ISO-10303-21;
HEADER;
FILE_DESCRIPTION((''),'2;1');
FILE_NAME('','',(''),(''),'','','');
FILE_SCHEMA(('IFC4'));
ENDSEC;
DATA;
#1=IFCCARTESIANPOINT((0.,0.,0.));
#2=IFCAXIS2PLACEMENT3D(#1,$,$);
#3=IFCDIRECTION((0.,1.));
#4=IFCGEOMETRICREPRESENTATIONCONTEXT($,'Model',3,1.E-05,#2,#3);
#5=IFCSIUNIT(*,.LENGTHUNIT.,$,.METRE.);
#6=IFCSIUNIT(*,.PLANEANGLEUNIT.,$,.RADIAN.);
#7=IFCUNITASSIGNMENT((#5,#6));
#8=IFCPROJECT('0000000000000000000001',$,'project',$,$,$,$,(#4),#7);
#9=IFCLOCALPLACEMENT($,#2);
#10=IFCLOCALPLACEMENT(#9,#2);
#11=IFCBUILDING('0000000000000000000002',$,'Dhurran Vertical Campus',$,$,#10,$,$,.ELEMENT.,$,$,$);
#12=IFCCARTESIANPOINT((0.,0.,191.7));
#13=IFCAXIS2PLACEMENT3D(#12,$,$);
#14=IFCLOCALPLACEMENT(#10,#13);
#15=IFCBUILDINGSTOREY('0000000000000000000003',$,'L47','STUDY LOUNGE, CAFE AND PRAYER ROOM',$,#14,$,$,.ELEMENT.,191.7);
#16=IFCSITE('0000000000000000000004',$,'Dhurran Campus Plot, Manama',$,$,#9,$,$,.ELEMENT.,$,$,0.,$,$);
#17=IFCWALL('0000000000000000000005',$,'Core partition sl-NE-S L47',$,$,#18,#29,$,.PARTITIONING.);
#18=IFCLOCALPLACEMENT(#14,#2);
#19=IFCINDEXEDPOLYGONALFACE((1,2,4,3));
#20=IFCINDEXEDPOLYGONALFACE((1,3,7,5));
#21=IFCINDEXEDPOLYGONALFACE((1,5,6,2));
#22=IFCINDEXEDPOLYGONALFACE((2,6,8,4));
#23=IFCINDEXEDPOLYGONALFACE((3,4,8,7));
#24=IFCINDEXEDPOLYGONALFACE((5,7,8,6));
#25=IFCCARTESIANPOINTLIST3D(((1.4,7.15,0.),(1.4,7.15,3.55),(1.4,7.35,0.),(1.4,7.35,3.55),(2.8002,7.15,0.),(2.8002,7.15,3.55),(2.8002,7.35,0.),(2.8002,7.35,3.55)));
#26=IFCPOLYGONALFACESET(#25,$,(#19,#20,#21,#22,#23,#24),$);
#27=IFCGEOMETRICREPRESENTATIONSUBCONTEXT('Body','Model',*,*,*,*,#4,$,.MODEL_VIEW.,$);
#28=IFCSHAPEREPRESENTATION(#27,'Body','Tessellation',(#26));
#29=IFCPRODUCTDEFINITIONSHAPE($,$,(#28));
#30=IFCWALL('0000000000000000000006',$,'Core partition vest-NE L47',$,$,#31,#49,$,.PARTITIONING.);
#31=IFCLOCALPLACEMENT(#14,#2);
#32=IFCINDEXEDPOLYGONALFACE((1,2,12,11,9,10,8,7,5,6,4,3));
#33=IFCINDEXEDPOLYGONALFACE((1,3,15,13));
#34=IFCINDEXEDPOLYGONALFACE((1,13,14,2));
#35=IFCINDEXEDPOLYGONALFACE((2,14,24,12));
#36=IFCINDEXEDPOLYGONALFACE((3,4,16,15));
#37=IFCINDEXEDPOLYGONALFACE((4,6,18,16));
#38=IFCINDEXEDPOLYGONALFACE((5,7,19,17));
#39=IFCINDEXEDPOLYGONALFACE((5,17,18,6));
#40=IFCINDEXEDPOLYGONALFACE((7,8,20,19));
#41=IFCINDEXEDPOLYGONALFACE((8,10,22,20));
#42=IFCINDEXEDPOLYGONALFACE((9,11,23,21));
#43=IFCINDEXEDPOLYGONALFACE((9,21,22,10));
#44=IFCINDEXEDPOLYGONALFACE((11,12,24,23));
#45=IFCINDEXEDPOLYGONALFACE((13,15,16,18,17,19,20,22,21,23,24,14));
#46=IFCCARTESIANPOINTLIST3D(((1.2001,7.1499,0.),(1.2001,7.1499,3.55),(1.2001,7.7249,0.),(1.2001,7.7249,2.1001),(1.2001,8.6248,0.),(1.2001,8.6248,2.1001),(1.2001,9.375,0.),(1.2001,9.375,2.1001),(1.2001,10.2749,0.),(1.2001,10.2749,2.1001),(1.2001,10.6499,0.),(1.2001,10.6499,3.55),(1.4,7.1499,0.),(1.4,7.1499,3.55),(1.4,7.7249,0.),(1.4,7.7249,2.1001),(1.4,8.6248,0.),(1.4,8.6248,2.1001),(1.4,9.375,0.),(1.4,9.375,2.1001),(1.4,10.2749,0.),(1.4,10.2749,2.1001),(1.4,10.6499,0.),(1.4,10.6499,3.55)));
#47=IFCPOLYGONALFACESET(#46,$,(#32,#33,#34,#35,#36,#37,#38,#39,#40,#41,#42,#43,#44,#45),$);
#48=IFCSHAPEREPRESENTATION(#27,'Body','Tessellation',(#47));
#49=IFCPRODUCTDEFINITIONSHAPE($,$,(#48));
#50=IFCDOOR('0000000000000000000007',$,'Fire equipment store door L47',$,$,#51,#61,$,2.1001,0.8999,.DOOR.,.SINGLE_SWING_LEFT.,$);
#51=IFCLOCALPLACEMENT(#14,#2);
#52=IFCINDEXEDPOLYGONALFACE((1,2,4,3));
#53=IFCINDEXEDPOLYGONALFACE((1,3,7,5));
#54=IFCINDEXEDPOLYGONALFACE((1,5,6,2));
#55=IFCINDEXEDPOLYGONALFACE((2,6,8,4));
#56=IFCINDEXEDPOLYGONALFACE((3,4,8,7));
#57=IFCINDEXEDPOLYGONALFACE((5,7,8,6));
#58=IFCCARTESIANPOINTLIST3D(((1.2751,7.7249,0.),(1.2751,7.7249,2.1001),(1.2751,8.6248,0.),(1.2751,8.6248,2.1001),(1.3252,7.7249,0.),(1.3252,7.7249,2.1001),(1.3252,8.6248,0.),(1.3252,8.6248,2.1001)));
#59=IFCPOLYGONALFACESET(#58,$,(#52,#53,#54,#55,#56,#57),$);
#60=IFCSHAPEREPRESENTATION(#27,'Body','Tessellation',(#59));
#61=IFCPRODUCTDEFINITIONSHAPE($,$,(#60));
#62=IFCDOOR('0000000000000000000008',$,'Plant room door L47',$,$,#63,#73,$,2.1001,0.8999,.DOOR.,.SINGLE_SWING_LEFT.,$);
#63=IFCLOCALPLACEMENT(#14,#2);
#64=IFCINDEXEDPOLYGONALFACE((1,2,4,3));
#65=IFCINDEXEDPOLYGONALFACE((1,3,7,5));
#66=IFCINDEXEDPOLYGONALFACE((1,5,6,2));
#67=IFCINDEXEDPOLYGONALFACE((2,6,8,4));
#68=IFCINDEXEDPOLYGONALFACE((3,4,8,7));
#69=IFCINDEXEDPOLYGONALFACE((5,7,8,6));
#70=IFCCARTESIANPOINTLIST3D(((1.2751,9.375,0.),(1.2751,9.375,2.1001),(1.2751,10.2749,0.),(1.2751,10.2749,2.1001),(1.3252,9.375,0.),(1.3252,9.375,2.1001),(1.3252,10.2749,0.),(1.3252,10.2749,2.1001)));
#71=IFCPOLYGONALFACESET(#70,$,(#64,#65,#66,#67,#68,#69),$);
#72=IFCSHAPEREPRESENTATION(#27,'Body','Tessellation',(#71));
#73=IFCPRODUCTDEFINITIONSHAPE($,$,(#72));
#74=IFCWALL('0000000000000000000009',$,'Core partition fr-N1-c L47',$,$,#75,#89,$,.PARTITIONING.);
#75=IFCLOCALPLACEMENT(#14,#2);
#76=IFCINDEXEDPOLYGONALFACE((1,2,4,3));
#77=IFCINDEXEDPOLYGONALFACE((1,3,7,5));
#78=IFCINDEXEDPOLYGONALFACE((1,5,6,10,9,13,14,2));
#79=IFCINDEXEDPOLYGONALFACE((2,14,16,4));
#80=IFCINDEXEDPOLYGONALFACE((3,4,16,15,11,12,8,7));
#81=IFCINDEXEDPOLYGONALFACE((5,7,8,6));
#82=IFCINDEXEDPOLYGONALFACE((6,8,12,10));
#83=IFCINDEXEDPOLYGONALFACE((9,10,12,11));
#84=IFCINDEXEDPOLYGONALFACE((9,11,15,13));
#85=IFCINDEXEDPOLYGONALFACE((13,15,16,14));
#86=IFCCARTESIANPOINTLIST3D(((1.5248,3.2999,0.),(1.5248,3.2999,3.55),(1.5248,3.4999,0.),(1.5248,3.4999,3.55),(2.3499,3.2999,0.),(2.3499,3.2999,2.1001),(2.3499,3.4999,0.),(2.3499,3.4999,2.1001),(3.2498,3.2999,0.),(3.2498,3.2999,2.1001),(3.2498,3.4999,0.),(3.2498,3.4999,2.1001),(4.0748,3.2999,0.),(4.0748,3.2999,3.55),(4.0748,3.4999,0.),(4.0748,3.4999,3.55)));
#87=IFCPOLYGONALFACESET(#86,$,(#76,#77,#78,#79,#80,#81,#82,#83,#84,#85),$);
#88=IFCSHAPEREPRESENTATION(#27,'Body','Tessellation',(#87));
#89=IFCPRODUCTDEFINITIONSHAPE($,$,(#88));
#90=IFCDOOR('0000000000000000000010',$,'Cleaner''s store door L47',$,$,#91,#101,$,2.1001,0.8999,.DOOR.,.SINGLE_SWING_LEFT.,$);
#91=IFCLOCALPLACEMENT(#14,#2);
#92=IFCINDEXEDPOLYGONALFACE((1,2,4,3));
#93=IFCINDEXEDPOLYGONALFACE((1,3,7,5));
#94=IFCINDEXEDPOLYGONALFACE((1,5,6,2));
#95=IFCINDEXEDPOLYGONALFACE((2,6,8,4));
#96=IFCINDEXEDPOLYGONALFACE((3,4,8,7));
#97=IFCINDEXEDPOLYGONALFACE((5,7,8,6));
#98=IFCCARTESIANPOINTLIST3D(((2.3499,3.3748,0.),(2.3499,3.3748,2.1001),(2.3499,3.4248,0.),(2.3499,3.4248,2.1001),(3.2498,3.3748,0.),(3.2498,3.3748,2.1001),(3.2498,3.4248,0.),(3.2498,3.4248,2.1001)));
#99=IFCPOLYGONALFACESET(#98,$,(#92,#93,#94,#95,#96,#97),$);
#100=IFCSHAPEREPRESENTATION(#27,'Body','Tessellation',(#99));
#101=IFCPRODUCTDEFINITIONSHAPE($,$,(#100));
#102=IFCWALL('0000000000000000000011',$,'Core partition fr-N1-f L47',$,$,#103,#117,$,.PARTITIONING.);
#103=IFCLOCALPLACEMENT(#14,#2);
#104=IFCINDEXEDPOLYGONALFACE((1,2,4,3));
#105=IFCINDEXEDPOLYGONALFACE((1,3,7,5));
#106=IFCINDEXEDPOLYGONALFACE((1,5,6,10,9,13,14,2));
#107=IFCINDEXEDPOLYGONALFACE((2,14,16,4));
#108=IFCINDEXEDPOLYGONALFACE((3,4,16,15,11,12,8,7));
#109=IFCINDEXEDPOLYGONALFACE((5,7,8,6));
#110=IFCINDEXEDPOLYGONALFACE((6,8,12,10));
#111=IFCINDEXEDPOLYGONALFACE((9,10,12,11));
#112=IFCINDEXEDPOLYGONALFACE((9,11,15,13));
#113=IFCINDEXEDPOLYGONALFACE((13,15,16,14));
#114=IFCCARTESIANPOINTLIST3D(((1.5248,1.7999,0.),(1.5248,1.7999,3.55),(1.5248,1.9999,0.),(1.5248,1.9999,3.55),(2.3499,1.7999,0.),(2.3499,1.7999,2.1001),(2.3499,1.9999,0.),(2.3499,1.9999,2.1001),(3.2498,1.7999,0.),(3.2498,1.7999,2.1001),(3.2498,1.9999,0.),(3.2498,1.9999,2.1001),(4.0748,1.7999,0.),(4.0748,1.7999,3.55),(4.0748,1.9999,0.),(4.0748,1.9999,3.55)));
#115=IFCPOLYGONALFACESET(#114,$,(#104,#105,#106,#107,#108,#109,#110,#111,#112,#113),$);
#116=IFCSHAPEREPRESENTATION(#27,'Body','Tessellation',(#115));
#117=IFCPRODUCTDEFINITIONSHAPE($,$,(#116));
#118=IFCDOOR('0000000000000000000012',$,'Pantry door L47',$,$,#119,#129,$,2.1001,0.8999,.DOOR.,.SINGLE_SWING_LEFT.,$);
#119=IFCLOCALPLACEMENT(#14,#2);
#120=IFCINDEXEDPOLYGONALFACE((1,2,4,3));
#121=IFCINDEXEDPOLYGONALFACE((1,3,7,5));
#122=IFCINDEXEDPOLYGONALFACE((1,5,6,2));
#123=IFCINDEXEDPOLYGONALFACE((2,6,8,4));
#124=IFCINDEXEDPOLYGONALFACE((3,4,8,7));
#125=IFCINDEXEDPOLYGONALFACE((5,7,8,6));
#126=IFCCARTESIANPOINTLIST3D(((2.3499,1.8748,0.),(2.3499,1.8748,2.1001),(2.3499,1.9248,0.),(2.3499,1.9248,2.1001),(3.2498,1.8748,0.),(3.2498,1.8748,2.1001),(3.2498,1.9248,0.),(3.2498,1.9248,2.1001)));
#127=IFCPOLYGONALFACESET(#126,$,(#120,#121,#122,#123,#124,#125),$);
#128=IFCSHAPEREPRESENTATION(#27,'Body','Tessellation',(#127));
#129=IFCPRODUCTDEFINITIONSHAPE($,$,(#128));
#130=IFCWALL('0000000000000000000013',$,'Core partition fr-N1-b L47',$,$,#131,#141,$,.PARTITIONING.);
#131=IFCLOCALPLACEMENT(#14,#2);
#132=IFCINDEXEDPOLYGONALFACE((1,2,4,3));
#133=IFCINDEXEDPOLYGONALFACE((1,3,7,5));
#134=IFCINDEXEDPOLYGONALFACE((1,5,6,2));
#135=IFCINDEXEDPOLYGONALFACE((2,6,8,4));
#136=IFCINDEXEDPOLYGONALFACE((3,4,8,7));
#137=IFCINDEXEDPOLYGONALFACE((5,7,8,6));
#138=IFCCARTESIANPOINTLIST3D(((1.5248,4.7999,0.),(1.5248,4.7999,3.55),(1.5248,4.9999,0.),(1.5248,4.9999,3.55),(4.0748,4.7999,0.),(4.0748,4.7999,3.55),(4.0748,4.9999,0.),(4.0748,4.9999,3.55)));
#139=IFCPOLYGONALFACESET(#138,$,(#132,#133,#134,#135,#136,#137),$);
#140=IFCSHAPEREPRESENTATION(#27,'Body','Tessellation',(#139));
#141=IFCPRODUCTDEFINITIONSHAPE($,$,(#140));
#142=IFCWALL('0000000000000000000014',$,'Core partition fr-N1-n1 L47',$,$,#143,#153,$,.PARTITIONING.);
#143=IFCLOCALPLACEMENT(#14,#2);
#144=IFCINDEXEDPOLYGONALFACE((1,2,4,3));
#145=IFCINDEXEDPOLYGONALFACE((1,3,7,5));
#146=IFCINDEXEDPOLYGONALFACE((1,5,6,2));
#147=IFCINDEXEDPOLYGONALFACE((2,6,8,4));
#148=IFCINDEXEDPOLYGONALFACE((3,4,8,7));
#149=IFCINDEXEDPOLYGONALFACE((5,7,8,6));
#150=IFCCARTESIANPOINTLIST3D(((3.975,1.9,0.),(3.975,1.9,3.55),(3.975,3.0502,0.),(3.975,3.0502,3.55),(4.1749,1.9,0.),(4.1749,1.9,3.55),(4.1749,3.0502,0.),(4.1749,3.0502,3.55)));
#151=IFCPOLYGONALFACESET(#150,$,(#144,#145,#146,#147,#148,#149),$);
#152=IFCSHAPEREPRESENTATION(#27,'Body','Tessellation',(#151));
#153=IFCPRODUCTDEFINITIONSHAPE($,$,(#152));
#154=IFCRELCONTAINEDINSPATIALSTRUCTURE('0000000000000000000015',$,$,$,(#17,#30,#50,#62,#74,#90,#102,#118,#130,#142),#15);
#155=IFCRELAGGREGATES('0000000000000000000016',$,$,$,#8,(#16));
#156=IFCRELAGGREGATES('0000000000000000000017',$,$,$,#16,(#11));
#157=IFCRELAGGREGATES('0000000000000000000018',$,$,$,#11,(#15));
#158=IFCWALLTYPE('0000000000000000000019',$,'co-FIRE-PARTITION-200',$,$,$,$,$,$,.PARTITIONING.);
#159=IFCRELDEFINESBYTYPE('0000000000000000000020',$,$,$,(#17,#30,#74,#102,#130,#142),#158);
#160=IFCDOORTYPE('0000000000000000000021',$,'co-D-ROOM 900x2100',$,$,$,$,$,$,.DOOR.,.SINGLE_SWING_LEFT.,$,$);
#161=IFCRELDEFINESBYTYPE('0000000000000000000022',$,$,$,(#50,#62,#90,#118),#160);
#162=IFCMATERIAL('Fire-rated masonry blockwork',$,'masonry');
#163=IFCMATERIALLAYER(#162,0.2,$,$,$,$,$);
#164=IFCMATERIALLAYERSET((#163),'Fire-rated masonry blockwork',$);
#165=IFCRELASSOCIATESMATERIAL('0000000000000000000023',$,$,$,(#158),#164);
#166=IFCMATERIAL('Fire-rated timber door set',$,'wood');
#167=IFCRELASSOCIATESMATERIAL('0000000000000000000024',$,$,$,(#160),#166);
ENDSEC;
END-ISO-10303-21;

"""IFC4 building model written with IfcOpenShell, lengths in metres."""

from ifc_helpers import new_model, si_unit, direction, frame, frame_2d, origin, place, context, subcontext, project, spatial, rectangle, extrude, material, layer, layer_set, type_object, element, fill, save


model = new_model("IFC4")

# Units and contexts
model_context = context("Model", 3, precision=1e-05, world=origin(), true_north=direction((0.0, 1.0)))
body_context = subcontext(model_context, "Body", "Model", "MODEL_VIEW")
ifc_project = project(units=[si_unit("LENGTHUNIT", "METRE"), si_unit("PLANEANGLEUNIT", "RADIAN")], contexts=[model_context])

# Site, building, storey
site_placement = place(None, origin())
site = spatial("IfcSite", under=ifc_project, at=site_placement, Name="Dhurran Campus Plot, Manama", CompositionType="ELEMENT", RefElevation=0.0)
building_placement = place(site_placement, origin())
building = spatial("IfcBuilding", under=site, at=building_placement, Name="Dhurran Vertical Campus", CompositionType="ELEMENT")
storey_placement = place(building_placement, frame((0.0, 0.0, 191.7)))
storey = spatial("IfcBuildingStorey", under=building, at=storey_placement, Name="L47", Description="STUDY LOUNGE, CAFE AND PRAYER ROOM", CompositionType="ELEMENT", Elevation=191.7)

# Wall
ifc_material_1 = material(Name="Fire-rated masonry blockwork", Category="masonry")
ifc_layer_1 = layer(ifc_material_1, 0.2)
ifc_layer_set_1 = layer_set([ifc_layer_1], Name="Fire-rated masonry blockwork")
wall_type_1 = type_object("IfcWallType", Name="co-FIRE-PARTITION-200", PredefinedType="PARTITIONING", material=ifc_layer_set_1)
wall_1_placement = place(storey_placement, frame((1.3999, 7.25, 0.0), z_axis=(0.0, 0.0, 1.0), x_axis=(1.0, 0.0, 0.0)))
element("IfcWall", 1, at=wall_1_placement, inside=storey, type_object=wall_type_1, Name="Core partition sl-NE-S L47", PredefinedType="PARTITIONING", context=body_context, shape_type="SweptSolid", body=[
    extrude(rectangle(XDim=1.4001, YDim=0.2, at=frame_2d((0.7002, 0.0))), origin(), (0.0, 0.0, 1.0), 3.55),
])

# Wall, openings, doors
wall_2_placement = place(storey_placement, frame((1.3, 7.1499, 0.0), z_axis=(0.0, 0.0, 1.0), x_axis=(0.0, 1.0, 0.0)))
wall_2 = element("IfcWall", 2, at=wall_2_placement, inside=storey, type_object=wall_type_1, Name="Core partition vest-NE L47", PredefinedType="PARTITIONING", context=body_context, shape_type="SweptSolid", body=[
    extrude(rectangle(XDim=3.5, YDim=0.2, at=frame_2d((1.75, 0.0))), origin(), (0.0, 0.0, 1.0), 3.55),
])
opening_1_placement = place(wall_2_placement, frame((0.575, 0.0, 0.0)))
opening_1 = element("IfcOpeningElement", 3, at=opening_1_placement, cuts=wall_2, PredefinedType="OPENING", context=body_context, shape_type="SweptSolid", body=[
    extrude(rectangle(XDim=0.8999, YDim=2.1001, at=frame_2d((0.45, 1.05))), frame((0.0, 0.1099, 0.0), z_axis=(0.0, -1.0, 0.0), x_axis=(1.0, 0.0, 0.0)), (0.0, 0.0, 1.0), 0.22),
])
opening_2_placement = place(wall_2_placement, frame((2.2251, 0.0, 0.0)))
opening_2 = element("IfcOpeningElement", 4, at=opening_2_placement, cuts=wall_2, PredefinedType="OPENING", context=body_context, shape_type="SweptSolid", body=[
    extrude(rectangle(XDim=0.8999, YDim=2.1001, at=frame_2d((0.45, 1.05))), frame((0.0, 0.1099, 0.0), z_axis=(0.0, -1.0, 0.0), x_axis=(1.0, 0.0, 0.0)), (0.0, 0.0, 1.0), 0.22),
])
ifc_material_2 = material(Name="Fire-rated timber door set", Category="wood")
door_type_1 = type_object("IfcDoorType", Name="co-D-ROOM 900x2100", OperationType="SINGLE_SWING_LEFT", PredefinedType="DOOR", material=ifc_material_2)
door_1_placement = place(opening_1_placement, origin())
door_1 = element("IfcDoor", 5, at=door_1_placement, inside=storey, type_object=door_type_1, Name="Fire equipment store door L47", OperationType="SINGLE_SWING_LEFT", OverallHeight=2.1001, OverallWidth=0.8999, PredefinedType="DOOR", context=body_context, shape_type="SweptSolid", body=[
    extrude(rectangle(XDim=0.8999, YDim=2.1001, at=frame_2d((0.45, 1.05))), frame((0.0, 0.0249, 0.0), z_axis=(0.0, -1.0, 0.0), x_axis=(1.0, 0.0, 0.0)), (0.0, 0.0, 1.0), 0.05),
])
fill(opening_1, door_1)
door_2_placement = place(opening_2_placement, origin())
door_2 = element("IfcDoor", 6, at=door_2_placement, inside=storey, type_object=door_type_1, Name="Plant room door L47", OperationType="SINGLE_SWING_LEFT", OverallHeight=2.1001, OverallWidth=0.8999, PredefinedType="DOOR", context=body_context, shape_type="SweptSolid", body=[
    extrude(rectangle(XDim=0.8999, YDim=2.1001, at=frame_2d((0.45, 1.05))), frame((0.0, 0.0249, 0.0), z_axis=(0.0, -1.0, 0.0), x_axis=(1.0, 0.0, 0.0)), (0.0, 0.0, 1.0), 0.05),
])
fill(opening_2, door_2)

# Walls, openings, doors
wall_3_placement = place(storey_placement, frame((1.5249, 3.3999, 0.0), z_axis=(0.0, 0.0, 1.0), x_axis=(1.0, 0.0, 0.0)))
wall_3 = element("IfcWall", 7, at=wall_3_placement, inside=storey, type_object=wall_type_1, Name="Core partition fr-N1-c L47", PredefinedType="PARTITIONING", context=body_context, shape_type="SweptSolid", body=[
    extrude(rectangle(XDim=2.55, YDim=0.2, at=frame_2d((1.2749, 0.0))), origin(), (0.0, 0.0, 1.0), 3.55),
])
opening_3_placement = place(wall_3_placement, frame((0.825, 0.0, 0.0)))
opening_3 = element("IfcOpeningElement", 8, at=opening_3_placement, cuts=wall_3, PredefinedType="OPENING", context=body_context, shape_type="SweptSolid", body=[
    extrude(rectangle(XDim=0.8999, YDim=2.1001, at=frame_2d((0.45, 1.05))), frame((0.0, 0.1099, 0.0), z_axis=(0.0, -1.0, 0.0), x_axis=(1.0, 0.0, 0.0)), (0.0, 0.0, 1.0), 0.22),
])
door_3_placement = place(opening_3_placement, origin())
door_3 = element("IfcDoor", 9, at=door_3_placement, inside=storey, type_object=door_type_1, Name="Cleaner's store door L47", OperationType="SINGLE_SWING_LEFT", OverallHeight=2.1001, OverallWidth=0.8999, PredefinedType="DOOR", context=body_context, shape_type="SweptSolid", body=[
    extrude(rectangle(XDim=0.8999, YDim=2.1001, at=frame_2d((0.45, 1.05))), frame((0.0, 0.0249, 0.0), z_axis=(0.0, -1.0, 0.0), x_axis=(1.0, 0.0, 0.0)), (0.0, 0.0, 1.0), 0.05),
])
fill(opening_3, door_3)
wall_4_placement = place(storey_placement, frame((1.5249, 1.8999, 0.0), z_axis=(0.0, 0.0, 1.0), x_axis=(1.0, 0.0, 0.0)))
wall_4 = element("IfcWall", 10, at=wall_4_placement, inside=storey, type_object=wall_type_1, Name="Core partition fr-N1-f L47", PredefinedType="PARTITIONING", context=body_context, shape_type="SweptSolid", body=[
    extrude(rectangle(XDim=2.55, YDim=0.2, at=frame_2d((1.2749, 0.0))), origin(), (0.0, 0.0, 1.0), 3.55),
])
opening_4_placement = place(wall_4_placement, frame((0.825, 0.0, 0.0)))
opening_4 = element("IfcOpeningElement", 11, at=opening_4_placement, cuts=wall_4, PredefinedType="OPENING", context=body_context, shape_type="SweptSolid", body=[
    extrude(rectangle(XDim=0.8999, YDim=2.1001, at=frame_2d((0.45, 1.05))), frame((0.0, 0.1099, 0.0), z_axis=(0.0, -1.0, 0.0), x_axis=(1.0, 0.0, 0.0)), (0.0, 0.0, 1.0), 0.22),
])
door_4_placement = place(opening_4_placement, origin())
door_4 = element("IfcDoor", 12, at=door_4_placement, inside=storey, type_object=door_type_1, Name="Pantry door L47", OperationType="SINGLE_SWING_LEFT", OverallHeight=2.1001, OverallWidth=0.8999, PredefinedType="DOOR", context=body_context, shape_type="SweptSolid", body=[
    extrude(rectangle(XDim=0.8999, YDim=2.1001, at=frame_2d((0.45, 1.05))), frame((0.0, 0.0249, 0.0), z_axis=(0.0, -1.0, 0.0), x_axis=(1.0, 0.0, 0.0)), (0.0, 0.0, 1.0), 0.05),
])
fill(opening_4, door_4)

# Walls
wall_5_placement = place(storey_placement, frame((1.5249, 4.8999, 0.0), z_axis=(0.0, 0.0, 1.0), x_axis=(1.0, 0.0, 0.0)))
element("IfcWall", 13, at=wall_5_placement, inside=storey, type_object=wall_type_1, Name="Core partition fr-N1-b L47", PredefinedType="PARTITIONING", context=body_context, shape_type="SweptSolid", body=[
    extrude(rectangle(XDim=2.55, YDim=0.2, at=frame_2d((1.2749, 0.0))), origin(), (0.0, 0.0, 1.0), 3.55),
])
wall_6_placement = place(storey_placement, frame((4.075, 1.8999, 0.0), z_axis=(0.0, 0.0, 1.0), x_axis=(0.0, 1.0, 0.0)))
element("IfcWall", 14, at=wall_6_placement, inside=storey, type_object=wall_type_1, Name="Core partition fr-N1-n1 L47", PredefinedType="PARTITIONING", context=body_context, shape_type="SweptSolid", body=[
    extrude(rectangle(XDim=1.1501, YDim=0.2, at=frame_2d((0.5752, 0.0))), origin(), (0.0, 0.0, 1.0), 3.55),
])

save(model, "model.ifc")
